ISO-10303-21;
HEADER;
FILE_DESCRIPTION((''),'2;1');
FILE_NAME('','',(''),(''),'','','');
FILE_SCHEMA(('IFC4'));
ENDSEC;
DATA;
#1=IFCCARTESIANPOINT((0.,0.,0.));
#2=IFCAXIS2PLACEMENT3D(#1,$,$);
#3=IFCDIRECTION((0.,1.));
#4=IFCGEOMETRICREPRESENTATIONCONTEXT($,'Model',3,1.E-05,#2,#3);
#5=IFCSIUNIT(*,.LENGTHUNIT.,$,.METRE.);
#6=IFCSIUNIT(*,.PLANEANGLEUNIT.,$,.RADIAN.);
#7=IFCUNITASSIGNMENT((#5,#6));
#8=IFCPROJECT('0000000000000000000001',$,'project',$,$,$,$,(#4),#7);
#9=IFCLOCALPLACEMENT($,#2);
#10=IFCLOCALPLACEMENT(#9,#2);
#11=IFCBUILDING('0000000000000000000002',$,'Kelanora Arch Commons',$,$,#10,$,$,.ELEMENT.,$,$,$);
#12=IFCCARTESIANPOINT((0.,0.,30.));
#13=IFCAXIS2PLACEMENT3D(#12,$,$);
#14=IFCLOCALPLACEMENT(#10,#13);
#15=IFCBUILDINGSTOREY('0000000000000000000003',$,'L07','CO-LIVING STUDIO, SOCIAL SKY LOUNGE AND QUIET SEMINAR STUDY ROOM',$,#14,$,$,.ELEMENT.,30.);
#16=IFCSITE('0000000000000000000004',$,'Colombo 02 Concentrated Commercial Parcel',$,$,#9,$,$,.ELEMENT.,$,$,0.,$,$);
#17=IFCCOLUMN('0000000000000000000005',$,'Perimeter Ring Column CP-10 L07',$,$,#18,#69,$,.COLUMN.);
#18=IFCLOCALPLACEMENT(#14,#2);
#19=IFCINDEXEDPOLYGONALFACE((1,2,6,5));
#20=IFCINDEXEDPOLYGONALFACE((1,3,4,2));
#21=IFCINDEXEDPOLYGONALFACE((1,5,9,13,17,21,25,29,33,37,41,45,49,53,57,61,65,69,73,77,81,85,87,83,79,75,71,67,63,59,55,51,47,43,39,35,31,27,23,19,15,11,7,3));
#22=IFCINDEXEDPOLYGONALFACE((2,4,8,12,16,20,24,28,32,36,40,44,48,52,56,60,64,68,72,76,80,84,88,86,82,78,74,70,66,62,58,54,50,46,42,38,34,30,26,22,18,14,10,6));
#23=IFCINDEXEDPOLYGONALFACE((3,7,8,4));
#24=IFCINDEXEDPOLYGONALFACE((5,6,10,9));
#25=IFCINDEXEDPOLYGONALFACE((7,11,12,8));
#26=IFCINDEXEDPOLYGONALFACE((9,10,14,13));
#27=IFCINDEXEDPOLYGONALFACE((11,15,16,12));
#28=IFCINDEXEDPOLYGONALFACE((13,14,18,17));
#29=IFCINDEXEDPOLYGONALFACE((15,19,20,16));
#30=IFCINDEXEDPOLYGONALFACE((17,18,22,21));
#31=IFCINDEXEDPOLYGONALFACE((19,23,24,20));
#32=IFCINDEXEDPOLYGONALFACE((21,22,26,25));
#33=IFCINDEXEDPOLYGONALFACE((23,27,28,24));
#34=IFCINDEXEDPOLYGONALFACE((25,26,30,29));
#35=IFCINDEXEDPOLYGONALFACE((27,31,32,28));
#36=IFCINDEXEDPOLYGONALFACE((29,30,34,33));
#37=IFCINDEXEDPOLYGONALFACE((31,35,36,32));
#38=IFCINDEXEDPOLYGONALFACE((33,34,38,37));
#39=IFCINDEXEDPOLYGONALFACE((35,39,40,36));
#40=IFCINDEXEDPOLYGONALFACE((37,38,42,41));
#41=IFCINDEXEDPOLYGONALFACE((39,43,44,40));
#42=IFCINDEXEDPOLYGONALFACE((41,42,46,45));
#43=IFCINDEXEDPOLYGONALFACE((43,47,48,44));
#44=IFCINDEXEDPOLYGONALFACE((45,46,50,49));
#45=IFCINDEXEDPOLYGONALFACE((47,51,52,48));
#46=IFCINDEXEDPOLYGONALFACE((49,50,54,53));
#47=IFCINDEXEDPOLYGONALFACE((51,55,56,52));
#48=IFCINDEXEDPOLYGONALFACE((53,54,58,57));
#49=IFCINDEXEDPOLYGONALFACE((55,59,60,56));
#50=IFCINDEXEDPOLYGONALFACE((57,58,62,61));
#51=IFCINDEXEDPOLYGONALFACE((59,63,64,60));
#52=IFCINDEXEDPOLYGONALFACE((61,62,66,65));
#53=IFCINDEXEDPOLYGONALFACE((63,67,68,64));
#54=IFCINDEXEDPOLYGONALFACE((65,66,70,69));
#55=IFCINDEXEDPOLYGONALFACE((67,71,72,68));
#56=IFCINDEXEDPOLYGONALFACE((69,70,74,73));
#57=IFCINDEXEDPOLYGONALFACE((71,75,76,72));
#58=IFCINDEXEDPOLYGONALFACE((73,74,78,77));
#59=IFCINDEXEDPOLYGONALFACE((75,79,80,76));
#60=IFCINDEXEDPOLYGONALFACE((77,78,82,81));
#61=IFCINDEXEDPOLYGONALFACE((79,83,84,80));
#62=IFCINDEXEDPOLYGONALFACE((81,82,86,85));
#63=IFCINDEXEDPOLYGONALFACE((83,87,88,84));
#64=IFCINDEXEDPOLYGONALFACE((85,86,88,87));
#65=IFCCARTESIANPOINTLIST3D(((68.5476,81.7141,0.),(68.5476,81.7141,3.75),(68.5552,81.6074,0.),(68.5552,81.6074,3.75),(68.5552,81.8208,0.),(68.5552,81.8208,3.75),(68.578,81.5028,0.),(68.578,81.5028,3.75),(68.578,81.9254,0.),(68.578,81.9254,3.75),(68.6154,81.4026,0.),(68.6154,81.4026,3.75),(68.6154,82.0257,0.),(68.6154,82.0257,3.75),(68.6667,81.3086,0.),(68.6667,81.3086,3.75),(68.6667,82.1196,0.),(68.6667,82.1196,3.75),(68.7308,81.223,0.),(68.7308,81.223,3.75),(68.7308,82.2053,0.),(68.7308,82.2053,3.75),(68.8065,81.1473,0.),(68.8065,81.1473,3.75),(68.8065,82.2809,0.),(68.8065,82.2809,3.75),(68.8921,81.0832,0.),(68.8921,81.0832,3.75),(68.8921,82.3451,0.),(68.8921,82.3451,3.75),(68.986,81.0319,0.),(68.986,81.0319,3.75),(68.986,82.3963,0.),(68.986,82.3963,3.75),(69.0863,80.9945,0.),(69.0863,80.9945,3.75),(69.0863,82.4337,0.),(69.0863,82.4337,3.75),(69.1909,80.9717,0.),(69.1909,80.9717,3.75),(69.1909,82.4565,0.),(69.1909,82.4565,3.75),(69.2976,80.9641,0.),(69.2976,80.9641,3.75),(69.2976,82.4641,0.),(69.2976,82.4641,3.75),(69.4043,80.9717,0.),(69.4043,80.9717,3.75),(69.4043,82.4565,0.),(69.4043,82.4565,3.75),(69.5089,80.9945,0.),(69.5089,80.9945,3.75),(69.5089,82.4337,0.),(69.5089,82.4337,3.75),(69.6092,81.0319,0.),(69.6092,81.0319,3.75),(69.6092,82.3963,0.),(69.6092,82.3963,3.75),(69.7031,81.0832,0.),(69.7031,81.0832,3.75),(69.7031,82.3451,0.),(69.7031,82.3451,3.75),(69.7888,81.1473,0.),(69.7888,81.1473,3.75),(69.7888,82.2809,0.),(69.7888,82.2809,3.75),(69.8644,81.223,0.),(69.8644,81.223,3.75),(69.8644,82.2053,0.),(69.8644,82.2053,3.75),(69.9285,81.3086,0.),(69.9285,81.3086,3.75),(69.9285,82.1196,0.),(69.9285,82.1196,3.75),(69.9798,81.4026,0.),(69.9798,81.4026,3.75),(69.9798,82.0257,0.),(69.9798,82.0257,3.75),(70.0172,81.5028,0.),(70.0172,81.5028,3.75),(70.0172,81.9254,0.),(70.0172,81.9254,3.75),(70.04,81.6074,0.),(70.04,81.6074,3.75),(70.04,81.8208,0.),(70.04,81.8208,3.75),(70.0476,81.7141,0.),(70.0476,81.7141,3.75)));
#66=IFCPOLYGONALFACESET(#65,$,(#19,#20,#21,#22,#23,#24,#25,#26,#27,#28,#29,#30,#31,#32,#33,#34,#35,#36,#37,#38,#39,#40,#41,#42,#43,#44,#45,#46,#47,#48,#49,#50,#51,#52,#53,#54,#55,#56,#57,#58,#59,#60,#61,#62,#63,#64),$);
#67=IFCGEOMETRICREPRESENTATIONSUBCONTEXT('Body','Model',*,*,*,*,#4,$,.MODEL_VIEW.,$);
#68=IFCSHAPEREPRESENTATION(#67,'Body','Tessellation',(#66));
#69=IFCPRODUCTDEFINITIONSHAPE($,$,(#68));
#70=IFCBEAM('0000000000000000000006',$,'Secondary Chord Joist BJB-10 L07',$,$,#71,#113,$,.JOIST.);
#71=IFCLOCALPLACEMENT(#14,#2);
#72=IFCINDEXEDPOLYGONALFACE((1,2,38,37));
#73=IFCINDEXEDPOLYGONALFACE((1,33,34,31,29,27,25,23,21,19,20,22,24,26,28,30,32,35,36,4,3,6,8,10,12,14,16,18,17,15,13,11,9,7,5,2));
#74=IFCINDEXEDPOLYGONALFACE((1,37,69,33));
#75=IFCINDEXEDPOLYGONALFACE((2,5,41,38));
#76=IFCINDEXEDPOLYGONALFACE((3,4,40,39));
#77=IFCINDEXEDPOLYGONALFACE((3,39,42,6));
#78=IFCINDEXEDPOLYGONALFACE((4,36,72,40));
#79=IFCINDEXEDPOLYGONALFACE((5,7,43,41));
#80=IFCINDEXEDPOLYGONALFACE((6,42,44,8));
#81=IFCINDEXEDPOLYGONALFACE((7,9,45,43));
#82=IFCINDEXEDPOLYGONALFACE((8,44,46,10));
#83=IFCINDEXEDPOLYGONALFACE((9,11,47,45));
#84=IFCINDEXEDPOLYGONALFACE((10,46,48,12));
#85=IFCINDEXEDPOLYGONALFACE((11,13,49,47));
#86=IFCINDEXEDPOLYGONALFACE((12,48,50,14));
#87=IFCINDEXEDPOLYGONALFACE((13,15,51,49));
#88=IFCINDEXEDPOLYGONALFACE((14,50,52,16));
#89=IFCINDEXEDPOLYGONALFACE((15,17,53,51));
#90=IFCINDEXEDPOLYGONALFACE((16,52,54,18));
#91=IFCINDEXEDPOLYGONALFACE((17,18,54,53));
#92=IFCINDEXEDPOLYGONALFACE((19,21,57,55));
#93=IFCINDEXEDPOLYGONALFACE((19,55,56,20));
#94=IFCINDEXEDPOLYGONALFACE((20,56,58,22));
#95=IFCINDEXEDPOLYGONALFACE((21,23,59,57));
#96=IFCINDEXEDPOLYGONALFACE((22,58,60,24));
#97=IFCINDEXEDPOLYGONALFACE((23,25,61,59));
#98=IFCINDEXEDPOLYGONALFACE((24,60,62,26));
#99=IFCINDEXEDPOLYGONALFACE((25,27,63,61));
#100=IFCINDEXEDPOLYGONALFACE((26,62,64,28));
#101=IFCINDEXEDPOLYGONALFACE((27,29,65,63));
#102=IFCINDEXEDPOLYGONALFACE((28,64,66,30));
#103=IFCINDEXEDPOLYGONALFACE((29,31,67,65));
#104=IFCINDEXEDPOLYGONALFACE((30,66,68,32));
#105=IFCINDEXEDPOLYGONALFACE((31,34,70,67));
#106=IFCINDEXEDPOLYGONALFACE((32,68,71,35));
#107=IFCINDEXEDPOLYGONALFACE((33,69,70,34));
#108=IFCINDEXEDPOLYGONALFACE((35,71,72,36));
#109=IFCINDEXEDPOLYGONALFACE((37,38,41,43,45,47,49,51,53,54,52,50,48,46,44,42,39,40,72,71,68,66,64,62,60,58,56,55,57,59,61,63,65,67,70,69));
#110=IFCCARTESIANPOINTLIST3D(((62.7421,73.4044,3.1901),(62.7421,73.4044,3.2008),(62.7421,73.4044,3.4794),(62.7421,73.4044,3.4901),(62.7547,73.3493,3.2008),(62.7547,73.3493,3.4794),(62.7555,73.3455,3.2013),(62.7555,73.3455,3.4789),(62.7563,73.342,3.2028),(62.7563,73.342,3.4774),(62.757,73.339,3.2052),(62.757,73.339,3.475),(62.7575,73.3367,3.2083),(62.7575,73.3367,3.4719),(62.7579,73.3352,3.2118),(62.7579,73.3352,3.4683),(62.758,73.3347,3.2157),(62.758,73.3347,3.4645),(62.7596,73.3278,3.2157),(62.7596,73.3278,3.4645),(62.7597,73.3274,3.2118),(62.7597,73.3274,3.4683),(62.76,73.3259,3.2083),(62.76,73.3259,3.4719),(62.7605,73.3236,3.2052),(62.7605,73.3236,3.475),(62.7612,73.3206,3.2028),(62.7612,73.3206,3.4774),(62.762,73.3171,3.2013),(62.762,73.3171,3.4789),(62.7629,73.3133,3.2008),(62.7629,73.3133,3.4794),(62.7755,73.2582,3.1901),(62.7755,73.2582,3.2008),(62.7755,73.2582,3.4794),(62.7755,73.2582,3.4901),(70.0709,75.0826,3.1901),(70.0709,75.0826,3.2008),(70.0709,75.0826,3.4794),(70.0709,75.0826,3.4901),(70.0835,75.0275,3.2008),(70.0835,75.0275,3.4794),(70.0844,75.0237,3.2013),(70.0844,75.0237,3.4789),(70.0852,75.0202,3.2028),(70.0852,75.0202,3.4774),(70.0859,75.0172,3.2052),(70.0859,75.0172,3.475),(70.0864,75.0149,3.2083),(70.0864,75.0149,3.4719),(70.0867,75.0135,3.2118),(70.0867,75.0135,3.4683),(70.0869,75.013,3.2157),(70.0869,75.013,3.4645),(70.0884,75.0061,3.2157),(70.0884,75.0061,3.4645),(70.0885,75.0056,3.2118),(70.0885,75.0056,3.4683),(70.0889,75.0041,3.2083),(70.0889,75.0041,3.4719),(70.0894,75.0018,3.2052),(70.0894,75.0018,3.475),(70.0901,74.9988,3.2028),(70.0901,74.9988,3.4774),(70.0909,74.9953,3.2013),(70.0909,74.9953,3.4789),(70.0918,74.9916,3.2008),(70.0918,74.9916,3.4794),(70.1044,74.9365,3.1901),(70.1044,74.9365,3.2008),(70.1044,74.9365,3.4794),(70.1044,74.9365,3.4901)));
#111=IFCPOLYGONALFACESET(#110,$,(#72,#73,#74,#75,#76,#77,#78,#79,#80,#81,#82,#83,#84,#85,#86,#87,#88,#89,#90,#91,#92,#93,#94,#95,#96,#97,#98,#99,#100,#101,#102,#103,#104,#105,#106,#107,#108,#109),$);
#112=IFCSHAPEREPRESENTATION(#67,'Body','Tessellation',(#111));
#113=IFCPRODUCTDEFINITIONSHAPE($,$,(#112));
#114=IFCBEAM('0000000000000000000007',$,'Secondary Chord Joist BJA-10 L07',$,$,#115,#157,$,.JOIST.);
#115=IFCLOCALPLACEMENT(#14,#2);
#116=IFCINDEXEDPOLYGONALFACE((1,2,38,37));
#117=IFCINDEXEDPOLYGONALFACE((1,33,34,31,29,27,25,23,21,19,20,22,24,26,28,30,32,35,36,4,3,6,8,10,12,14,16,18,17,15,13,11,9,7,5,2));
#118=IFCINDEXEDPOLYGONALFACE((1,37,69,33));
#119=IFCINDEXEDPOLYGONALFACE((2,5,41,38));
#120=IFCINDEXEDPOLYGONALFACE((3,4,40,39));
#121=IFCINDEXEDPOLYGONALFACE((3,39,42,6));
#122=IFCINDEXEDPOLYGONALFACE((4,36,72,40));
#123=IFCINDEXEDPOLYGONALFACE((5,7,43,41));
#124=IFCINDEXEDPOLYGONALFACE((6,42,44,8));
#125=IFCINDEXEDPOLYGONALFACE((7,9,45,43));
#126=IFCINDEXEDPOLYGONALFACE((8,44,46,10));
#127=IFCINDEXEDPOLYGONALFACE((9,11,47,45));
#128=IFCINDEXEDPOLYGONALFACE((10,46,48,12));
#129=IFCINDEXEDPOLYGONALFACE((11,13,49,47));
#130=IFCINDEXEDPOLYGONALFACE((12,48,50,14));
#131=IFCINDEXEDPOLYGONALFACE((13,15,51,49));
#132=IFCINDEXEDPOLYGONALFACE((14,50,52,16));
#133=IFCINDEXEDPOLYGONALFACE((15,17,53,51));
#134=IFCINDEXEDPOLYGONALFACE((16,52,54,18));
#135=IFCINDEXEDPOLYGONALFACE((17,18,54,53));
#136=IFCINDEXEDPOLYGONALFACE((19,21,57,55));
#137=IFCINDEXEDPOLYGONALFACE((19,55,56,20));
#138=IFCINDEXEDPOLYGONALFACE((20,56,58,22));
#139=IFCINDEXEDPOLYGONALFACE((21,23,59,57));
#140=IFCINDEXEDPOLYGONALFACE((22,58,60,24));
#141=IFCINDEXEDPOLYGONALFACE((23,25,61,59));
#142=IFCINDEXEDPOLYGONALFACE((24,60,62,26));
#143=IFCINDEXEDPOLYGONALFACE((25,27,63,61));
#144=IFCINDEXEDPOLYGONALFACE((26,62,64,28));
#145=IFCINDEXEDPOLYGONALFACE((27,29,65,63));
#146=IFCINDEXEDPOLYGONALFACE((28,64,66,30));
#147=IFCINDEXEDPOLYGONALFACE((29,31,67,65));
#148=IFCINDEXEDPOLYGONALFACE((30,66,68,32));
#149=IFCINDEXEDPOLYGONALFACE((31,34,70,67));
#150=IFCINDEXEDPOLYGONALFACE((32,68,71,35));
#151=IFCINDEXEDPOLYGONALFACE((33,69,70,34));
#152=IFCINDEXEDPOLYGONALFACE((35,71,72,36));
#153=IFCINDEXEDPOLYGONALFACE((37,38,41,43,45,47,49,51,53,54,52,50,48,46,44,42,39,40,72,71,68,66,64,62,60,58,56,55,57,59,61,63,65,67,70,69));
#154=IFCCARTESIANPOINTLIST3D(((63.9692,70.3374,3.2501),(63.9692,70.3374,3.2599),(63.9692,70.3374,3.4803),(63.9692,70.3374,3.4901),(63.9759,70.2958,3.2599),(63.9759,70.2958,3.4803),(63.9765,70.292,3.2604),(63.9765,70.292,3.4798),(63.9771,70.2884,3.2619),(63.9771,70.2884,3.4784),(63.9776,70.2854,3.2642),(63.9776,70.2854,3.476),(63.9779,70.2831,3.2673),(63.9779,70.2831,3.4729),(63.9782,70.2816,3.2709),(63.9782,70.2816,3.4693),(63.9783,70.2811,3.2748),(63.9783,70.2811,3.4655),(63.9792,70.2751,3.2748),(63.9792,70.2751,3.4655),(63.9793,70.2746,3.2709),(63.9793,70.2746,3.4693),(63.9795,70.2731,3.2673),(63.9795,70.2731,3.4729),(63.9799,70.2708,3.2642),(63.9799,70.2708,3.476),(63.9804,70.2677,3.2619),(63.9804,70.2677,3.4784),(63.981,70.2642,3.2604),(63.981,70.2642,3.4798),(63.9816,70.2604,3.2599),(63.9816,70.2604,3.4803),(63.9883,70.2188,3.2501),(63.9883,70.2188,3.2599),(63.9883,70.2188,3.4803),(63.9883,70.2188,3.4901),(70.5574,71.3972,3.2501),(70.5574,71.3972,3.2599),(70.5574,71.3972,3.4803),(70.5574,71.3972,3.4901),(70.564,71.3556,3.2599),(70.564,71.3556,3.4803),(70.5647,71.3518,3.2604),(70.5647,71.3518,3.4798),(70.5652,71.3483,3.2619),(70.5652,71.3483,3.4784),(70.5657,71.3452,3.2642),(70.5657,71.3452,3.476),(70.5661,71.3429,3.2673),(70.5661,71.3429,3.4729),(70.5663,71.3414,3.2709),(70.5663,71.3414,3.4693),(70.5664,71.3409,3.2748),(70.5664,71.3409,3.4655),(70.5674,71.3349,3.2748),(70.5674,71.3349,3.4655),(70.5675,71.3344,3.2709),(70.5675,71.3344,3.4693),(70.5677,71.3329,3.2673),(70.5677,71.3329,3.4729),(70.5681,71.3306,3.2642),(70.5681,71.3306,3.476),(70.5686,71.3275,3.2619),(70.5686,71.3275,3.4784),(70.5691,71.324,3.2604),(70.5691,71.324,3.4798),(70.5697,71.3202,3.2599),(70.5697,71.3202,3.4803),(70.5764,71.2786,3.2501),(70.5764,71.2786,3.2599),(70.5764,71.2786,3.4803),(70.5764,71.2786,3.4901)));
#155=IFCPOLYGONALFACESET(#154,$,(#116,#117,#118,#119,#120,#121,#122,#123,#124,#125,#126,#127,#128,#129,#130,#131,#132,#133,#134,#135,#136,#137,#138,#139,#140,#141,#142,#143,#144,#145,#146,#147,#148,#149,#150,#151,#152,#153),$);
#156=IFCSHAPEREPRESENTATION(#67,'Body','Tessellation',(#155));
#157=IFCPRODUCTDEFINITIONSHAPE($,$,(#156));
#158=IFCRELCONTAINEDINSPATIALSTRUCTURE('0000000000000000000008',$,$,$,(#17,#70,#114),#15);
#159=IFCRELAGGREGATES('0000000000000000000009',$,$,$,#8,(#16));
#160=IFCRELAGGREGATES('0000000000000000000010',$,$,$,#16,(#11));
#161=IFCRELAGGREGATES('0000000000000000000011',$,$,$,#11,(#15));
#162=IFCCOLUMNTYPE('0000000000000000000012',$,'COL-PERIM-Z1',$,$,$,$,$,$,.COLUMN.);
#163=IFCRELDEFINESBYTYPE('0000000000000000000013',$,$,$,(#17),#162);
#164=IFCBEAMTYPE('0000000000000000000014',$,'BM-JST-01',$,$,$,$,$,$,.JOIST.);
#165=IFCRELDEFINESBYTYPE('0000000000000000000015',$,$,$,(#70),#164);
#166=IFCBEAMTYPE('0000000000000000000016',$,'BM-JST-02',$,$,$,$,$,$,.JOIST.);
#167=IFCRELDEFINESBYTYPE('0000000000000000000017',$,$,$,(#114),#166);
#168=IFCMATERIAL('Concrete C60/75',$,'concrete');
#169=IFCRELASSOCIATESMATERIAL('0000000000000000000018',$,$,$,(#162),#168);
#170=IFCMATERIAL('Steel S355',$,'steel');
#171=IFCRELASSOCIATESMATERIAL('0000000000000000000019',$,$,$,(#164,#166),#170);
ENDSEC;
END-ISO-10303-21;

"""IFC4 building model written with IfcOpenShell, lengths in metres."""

from ifc_helpers import new_model, si_unit, direction, frame, origin, origin_2d, place, context, subcontext, project, spatial, circle, i_section, extrude, material, material_profile, profile_set, type_object, element, save


model = new_model("IFC4")

# Units and contexts
model_context = context("Model", 3, precision=1e-05, world=origin(), true_north=direction((0.0, 1.0)))
body_context = subcontext(model_context, "Body", "Model", "MODEL_VIEW")
ifc_project = project(units=[si_unit("LENGTHUNIT", "METRE"), si_unit("PLANEANGLEUNIT", "RADIAN")], contexts=[model_context])

# Site, building, storey
site_placement = place(None, origin())
site = spatial("IfcSite", under=ifc_project, at=site_placement, Name="Colombo 02 Concentrated Commercial Parcel", CompositionType="ELEMENT", RefElevation=0.0)
building_placement = place(site_placement, origin())
building = spatial("IfcBuilding", under=site, at=building_placement, Name="Kelanora Arch Commons", CompositionType="ELEMENT")
storey_placement = place(building_placement, frame((0.0, 0.0, 30.0)))
storey = spatial("IfcBuildingStorey", under=building, at=storey_placement, Name="L07", Description="CO-LIVING STUDIO, SOCIAL SKY LOUNGE AND QUIET SEMINAR STUDY ROOM", CompositionType="ELEMENT", Elevation=30.0)

# Column
ifc_material_1 = material(Name="Concrete C60/75", Category="concrete")
ifc_material_profile_1 = material_profile(ifc_material_1, circle(Radius=0.75, at=origin_2d()), Name="RCC1500")
ifc_profile_set_1 = profile_set([ifc_material_profile_1], Name="Concrete C60/75")
column_type = type_object("IfcColumnType", Name="COL-PERIM-Z1", PredefinedType="COLUMN", material=ifc_profile_set_1)
column_placement = place(storey_placement, frame((69.2976, 81.7141, 0.0), z_axis=(0.0, 0.0, 1.0), x_axis=(1.0, 0.0, 0.0)))
element("IfcColumn", 1, at=column_placement, inside=storey, type_object=column_type, Name="Perimeter Ring Column CP-10 L07", PredefinedType="COLUMN", context=body_context, shape_type="SweptSolid", body=[
    extrude(circle(Radius=0.75, at=origin_2d()), origin(), (0.0, 0.0, 1.0), 3.75),
])

# Beams
ifc_material_2 = material(Name="Steel S355", Category="steel")
ifc_material_profile_2 = material_profile(ifc_material_2, i_section(OverallWidth=0.1499, OverallDepth=0.3, WebThickness=0.0071, FlangeThickness=0.0107, FilletRadius=0.0149, at=origin_2d()), Name="IPE300")
ifc_profile_set_2 = profile_set([ifc_material_profile_2], Name="Steel S355")
beam_type_1 = type_object("IfcBeamType", Name="BM-JST-01", PredefinedType="JOIST", material=ifc_profile_set_2)
beam_1_placement = place(storey_placement, frame((70.0876, 75.0095, 3.3401), z_axis=(-0.97477, -0.223211, 0.0), x_axis=(0.223211, -0.97477, 0.0)))
element("IfcBeam", 2, at=beam_1_placement, inside=storey, type_object=beam_type_1, Name="Secondary Chord Joist BJB-10 L07", PredefinedType="JOIST", context=body_context, shape_type="SweptSolid", body=[
    extrude(i_section(OverallWidth=0.1499, OverallDepth=0.3, WebThickness=0.0071, FlangeThickness=0.0107, FilletRadius=0.0149, at=origin_2d()), origin(), (0.0, 0.0, 1.0), 7.5186),
])
ifc_material_profile_3 = material_profile(ifc_material_2, i_section(OverallWidth=0.1201, OverallDepth=0.24, WebThickness=0.0061, FlangeThickness=0.0098, FilletRadius=0.0149, at=origin_2d()), Name="IPE240")
ifc_profile_set_3 = profile_set([ifc_material_profile_3], Name="Steel S355")
beam_type_2 = type_object("IfcBeamType", Name="BM-JST-02", PredefinedType="JOIST", material=ifc_profile_set_3)
beam_2_placement = place(storey_placement, frame((70.5669, 71.3379, 3.3701), z_axis=(-0.987307, -0.158825, 0.0), x_axis=(0.158825, -0.987307, 0.0)))
element("IfcBeam", 3, at=beam_2_placement, inside=storey, type_object=beam_type_2, Name="Secondary Chord Joist BJA-10 L07", PredefinedType="JOIST", context=body_context, shape_type="SweptSolid", body=[
    extrude(i_section(OverallWidth=0.1201, OverallDepth=0.24, WebThickness=0.0061, FlangeThickness=0.0098, FilletRadius=0.0149, at=origin_2d()), origin(), (0.0, 0.0, 1.0), 6.6729),
])

save(model, "model.ifc")
